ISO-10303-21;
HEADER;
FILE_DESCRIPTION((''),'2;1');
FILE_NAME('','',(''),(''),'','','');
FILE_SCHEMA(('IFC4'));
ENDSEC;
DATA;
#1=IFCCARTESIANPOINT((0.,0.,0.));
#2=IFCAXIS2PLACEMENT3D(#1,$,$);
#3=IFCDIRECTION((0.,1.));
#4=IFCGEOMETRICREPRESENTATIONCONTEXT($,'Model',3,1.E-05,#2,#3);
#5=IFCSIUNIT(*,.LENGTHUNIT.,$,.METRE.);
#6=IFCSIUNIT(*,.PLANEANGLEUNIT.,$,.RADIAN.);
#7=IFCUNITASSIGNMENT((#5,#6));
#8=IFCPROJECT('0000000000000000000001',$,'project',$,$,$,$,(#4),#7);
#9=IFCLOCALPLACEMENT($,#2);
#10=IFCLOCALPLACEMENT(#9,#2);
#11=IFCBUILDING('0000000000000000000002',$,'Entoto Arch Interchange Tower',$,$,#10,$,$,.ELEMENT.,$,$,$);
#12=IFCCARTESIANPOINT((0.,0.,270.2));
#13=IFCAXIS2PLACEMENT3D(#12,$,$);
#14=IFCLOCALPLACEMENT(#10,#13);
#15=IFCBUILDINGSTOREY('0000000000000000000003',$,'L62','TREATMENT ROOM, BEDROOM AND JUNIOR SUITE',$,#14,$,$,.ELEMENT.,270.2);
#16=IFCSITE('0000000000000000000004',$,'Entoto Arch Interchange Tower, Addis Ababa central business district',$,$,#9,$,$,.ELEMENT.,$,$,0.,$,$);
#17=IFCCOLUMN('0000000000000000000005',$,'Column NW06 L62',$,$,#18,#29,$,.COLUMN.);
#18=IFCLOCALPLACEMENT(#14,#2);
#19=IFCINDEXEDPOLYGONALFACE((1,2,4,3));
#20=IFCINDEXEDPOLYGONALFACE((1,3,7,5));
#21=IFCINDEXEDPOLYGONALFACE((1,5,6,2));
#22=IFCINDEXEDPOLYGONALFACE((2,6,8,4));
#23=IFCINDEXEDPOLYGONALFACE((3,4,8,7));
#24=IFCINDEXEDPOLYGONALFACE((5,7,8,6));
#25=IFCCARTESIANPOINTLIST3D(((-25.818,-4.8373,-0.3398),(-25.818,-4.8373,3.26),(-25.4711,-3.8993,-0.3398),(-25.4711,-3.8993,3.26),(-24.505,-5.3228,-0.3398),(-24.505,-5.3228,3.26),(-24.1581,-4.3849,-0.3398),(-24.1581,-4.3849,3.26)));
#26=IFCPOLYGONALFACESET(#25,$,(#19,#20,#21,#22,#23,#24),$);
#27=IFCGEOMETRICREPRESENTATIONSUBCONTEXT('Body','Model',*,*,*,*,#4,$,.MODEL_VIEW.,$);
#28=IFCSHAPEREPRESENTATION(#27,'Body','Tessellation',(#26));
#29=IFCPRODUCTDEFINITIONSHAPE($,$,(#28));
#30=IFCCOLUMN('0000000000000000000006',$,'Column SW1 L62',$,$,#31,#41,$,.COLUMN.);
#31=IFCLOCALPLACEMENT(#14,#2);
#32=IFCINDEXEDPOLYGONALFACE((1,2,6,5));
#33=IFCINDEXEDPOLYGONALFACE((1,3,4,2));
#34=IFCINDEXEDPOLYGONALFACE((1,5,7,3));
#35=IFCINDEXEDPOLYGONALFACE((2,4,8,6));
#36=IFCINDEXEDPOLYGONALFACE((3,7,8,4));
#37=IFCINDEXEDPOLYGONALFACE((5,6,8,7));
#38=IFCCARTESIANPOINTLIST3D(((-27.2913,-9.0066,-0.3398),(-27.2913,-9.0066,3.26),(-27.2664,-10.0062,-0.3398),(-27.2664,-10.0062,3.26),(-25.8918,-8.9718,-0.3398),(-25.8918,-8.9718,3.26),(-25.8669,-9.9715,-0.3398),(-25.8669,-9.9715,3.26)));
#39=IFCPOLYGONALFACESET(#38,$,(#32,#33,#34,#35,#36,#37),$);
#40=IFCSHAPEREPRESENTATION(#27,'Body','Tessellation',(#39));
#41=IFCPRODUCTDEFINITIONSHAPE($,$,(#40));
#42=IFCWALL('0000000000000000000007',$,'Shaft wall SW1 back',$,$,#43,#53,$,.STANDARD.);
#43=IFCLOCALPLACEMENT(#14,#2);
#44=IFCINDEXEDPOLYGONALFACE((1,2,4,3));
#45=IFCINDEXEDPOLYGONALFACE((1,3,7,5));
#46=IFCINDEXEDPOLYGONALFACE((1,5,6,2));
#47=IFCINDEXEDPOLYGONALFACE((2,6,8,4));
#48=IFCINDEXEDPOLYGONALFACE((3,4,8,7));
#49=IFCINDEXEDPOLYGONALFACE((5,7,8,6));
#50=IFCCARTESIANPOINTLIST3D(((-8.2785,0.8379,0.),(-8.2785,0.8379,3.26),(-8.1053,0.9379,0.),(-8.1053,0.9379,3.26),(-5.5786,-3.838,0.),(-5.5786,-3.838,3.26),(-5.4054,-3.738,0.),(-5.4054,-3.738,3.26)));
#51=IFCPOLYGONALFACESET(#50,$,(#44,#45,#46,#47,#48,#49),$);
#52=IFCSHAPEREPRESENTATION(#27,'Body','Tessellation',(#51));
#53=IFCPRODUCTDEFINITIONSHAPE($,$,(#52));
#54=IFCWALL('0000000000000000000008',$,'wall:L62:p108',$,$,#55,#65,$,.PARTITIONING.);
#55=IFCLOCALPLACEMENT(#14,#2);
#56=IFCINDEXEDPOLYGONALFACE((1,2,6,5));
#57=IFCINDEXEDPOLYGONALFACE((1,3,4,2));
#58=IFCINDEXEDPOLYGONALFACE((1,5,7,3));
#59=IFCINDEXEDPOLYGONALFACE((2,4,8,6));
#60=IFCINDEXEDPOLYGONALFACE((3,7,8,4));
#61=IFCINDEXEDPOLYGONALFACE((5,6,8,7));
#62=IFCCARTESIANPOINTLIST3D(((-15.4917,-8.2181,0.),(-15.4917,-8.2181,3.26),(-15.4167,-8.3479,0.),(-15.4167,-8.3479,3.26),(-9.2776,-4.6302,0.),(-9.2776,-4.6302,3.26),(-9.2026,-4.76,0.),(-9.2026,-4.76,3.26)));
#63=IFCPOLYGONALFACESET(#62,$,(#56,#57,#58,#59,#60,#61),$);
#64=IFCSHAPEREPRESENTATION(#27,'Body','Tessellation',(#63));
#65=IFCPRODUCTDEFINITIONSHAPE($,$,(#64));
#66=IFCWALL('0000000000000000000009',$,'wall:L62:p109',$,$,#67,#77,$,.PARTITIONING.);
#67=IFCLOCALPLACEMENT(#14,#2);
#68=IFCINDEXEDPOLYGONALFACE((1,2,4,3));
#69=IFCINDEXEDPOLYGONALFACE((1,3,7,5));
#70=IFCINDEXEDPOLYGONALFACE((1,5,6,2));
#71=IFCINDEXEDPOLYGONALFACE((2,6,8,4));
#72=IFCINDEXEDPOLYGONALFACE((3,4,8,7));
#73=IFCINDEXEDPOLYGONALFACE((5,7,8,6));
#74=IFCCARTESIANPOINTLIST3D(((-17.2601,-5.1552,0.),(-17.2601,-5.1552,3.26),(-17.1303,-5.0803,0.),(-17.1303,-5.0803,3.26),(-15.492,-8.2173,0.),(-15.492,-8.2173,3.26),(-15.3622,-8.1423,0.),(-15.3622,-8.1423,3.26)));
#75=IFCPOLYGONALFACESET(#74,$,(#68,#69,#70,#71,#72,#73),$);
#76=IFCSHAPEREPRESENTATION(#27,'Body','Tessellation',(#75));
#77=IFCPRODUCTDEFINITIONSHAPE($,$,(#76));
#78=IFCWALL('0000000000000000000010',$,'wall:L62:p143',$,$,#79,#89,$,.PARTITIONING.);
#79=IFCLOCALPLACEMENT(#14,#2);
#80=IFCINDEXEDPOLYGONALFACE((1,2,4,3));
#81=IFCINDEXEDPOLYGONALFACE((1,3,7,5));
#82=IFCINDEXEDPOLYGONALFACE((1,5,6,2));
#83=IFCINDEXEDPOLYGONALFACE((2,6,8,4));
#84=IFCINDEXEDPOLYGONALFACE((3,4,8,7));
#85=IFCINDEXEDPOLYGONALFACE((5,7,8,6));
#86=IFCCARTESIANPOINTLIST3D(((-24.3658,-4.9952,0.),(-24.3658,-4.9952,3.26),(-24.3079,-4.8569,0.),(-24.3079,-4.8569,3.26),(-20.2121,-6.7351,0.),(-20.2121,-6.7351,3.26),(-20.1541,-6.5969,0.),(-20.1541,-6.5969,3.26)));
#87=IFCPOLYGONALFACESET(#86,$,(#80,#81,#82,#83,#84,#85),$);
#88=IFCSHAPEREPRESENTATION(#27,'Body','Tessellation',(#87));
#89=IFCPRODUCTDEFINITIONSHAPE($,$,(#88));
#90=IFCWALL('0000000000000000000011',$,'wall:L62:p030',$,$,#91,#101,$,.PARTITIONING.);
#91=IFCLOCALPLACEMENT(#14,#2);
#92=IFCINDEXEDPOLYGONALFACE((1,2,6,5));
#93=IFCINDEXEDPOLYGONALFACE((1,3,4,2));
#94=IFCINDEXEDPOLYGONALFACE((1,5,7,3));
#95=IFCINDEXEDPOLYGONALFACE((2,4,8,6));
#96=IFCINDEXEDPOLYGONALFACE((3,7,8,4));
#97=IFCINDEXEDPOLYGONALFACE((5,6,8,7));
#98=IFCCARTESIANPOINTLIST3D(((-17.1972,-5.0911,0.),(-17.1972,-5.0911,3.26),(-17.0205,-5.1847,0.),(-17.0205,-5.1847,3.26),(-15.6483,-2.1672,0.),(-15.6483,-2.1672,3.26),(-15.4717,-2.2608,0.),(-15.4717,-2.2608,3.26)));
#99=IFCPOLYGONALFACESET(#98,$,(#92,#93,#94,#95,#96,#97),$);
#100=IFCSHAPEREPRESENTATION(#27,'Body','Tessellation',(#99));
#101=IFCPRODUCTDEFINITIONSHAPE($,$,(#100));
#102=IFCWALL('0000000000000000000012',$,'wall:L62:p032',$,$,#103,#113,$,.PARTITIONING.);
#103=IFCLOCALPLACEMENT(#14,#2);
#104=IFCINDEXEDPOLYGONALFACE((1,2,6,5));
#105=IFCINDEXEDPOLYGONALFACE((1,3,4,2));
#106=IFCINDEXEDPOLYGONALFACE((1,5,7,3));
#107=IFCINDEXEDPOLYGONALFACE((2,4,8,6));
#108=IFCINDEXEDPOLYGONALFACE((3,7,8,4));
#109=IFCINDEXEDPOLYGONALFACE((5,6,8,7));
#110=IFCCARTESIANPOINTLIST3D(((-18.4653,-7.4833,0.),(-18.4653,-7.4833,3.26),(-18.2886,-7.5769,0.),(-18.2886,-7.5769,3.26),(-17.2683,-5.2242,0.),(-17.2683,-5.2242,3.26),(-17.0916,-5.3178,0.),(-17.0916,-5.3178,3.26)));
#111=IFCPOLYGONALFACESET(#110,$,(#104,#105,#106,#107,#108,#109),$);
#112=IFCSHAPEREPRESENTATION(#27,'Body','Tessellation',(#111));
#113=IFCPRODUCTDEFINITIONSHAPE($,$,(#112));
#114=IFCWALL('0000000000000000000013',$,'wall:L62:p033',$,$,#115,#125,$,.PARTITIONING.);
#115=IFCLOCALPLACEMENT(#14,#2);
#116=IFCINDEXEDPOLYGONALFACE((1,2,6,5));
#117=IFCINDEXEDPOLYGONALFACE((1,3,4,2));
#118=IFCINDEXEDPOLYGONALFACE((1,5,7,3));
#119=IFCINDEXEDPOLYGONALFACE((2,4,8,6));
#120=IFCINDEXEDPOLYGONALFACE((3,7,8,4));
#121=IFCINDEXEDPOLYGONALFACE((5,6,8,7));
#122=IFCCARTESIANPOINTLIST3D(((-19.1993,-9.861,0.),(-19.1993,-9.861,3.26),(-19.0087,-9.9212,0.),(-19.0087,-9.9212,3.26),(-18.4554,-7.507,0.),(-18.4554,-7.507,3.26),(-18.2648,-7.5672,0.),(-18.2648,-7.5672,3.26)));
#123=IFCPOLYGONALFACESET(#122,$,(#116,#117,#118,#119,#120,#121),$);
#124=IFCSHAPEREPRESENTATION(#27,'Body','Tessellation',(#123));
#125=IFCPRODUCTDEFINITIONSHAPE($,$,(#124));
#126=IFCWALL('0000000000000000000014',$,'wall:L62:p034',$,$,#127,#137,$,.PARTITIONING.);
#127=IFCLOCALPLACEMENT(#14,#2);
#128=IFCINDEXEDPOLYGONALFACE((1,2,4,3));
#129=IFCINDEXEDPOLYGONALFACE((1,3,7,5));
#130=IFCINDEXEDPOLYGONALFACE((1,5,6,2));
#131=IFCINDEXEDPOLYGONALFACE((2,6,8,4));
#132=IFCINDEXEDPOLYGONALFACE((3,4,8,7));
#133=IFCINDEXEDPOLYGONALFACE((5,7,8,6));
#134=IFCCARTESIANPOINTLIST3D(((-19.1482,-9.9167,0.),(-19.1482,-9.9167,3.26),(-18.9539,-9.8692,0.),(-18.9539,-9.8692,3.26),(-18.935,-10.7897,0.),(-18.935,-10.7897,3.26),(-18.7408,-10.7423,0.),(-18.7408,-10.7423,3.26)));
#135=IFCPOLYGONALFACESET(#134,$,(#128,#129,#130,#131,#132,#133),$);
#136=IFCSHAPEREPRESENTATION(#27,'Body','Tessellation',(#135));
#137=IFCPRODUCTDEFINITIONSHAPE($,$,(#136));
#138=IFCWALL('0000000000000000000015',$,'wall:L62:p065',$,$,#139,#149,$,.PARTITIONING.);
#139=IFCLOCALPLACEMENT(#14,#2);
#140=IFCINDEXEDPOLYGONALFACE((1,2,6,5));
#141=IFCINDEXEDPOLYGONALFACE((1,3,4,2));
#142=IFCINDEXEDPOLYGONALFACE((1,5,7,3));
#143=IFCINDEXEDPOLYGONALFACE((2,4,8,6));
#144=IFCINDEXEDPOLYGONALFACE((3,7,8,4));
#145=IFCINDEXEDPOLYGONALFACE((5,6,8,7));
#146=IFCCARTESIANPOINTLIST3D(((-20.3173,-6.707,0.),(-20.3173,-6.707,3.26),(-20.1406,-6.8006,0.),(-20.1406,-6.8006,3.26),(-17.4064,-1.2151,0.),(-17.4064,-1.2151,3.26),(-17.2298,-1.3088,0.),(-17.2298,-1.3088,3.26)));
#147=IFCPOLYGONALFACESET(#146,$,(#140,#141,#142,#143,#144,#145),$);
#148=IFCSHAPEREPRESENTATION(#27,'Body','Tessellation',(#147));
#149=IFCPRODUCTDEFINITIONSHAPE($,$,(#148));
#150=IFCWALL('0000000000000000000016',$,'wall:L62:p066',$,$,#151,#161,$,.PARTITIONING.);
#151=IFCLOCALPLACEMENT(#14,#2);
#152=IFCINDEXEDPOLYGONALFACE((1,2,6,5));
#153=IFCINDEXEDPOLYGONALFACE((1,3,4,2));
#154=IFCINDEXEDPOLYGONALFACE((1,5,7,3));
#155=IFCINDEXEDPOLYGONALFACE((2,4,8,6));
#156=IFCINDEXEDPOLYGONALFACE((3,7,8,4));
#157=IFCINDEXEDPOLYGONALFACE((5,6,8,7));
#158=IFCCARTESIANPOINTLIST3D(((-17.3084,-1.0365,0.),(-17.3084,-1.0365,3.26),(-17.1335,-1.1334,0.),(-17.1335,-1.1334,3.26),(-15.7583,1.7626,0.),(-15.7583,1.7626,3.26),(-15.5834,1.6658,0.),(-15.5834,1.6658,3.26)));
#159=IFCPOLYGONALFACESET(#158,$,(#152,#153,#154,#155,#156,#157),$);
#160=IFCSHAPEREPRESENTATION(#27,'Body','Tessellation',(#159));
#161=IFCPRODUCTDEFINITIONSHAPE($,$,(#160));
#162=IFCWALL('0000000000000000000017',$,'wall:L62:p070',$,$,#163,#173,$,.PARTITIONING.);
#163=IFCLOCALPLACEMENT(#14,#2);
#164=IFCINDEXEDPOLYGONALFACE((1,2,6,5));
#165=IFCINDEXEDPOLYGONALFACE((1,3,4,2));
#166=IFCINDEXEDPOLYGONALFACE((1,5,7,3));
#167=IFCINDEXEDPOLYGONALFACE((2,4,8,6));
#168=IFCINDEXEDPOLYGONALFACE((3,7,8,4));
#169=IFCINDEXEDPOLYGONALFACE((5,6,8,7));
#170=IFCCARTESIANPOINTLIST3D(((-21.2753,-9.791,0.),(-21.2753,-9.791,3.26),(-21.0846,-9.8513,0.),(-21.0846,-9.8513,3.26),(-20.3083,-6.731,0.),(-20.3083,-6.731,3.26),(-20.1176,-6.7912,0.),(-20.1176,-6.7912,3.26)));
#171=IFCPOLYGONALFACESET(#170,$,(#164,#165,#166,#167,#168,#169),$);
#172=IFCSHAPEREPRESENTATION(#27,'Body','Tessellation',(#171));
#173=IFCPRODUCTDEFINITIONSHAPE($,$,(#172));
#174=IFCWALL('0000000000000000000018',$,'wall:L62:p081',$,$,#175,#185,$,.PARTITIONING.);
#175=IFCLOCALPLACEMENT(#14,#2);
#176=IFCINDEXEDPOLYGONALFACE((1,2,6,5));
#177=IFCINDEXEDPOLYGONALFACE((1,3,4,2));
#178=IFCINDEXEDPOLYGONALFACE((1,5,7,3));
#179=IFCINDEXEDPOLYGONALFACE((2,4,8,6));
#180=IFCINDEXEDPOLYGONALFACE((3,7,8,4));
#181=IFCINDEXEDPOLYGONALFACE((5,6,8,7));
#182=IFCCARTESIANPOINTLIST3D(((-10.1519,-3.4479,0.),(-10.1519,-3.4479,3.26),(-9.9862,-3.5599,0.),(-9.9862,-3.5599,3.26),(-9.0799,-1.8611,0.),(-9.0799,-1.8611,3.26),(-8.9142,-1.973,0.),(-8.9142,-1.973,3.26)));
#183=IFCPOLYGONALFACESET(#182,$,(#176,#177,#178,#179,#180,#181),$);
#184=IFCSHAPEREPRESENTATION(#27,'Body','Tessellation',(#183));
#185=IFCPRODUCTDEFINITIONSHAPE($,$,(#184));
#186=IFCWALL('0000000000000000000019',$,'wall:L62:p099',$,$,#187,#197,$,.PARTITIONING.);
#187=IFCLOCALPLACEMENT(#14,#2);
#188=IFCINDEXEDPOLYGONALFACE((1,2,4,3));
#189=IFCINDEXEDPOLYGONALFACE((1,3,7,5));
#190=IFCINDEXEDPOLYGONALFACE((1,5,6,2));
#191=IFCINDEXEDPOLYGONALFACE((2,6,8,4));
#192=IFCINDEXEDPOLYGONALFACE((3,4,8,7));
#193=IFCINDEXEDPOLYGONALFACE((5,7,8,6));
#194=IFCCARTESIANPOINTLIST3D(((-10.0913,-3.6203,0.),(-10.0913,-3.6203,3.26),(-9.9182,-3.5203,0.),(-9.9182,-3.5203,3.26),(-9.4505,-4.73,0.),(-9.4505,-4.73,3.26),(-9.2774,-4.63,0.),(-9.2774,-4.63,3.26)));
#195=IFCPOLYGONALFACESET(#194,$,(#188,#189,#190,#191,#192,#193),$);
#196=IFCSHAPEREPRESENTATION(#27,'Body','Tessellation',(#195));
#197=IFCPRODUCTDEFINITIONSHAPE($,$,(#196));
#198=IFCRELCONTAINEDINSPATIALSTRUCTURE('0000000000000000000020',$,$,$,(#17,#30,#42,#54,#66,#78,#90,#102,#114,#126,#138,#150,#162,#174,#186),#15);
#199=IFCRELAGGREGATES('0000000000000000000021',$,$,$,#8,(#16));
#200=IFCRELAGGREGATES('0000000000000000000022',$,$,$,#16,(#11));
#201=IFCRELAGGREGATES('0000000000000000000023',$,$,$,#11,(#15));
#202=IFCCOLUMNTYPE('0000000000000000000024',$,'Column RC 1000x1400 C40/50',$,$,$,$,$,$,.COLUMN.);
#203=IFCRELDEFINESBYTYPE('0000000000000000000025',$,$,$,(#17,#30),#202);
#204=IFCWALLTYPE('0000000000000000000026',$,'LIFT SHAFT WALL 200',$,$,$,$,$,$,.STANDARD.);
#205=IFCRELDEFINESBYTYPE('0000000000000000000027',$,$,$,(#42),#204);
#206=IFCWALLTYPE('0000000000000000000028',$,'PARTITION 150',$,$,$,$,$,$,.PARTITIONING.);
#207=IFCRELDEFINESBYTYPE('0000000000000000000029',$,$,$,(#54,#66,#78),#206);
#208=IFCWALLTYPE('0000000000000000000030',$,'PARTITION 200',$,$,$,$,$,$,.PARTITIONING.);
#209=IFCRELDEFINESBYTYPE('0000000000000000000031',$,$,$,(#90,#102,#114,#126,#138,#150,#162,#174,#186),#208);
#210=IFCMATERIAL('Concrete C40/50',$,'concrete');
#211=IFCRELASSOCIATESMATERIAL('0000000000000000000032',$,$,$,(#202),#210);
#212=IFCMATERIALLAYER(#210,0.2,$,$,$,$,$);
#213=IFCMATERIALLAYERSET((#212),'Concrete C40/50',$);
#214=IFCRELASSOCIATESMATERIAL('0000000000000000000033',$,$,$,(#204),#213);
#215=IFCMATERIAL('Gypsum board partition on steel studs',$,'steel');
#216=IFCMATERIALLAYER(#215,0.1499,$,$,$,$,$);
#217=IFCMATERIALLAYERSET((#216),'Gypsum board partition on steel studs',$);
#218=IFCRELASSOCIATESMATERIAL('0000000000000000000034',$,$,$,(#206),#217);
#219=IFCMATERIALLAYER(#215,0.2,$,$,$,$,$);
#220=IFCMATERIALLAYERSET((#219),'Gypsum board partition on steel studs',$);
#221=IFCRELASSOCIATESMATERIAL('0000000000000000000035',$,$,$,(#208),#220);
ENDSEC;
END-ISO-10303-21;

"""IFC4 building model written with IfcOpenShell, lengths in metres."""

from ifc_helpers import new_model, si_unit, direction, frame, frame_2d, origin, origin_2d, place, context, subcontext, project, spatial, rectangle, extrude, material, layer, layer_set, material_profile, profile_set, type_object, element, save


model = new_model("IFC4")

# Units and contexts
model_context = context("Model", 3, precision=1e-05, world=origin(), true_north=direction((0.0, 1.0)))
body_context = subcontext(model_context, "Body", "Model", "MODEL_VIEW")
ifc_project = project(units=[si_unit("LENGTHUNIT", "METRE"), si_unit("PLANEANGLEUNIT", "RADIAN")], contexts=[model_context])

# Site, building, storey
site_placement = place(None, origin())
site = spatial("IfcSite", under=ifc_project, at=site_placement, Name="Entoto Arch Interchange Tower, Addis Ababa central business district", CompositionType="ELEMENT", RefElevation=0.0)
building_placement = place(site_placement, origin())
building = spatial("IfcBuilding", under=site, at=building_placement, Name="Entoto Arch Interchange Tower", CompositionType="ELEMENT")
storey_placement = place(building_placement, frame((0.0, 0.0, 270.2)))
storey = spatial("IfcBuildingStorey", under=building, at=storey_placement, Name="L62", Description="TREATMENT ROOM, BEDROOM AND JUNIOR SUITE", CompositionType="ELEMENT", Elevation=270.2)

# Columns
ifc_material_1 = material(Name="Concrete C40/50", Category="concrete")
ifc_material_profile = material_profile(ifc_material_1, rectangle(XDim=1.0, YDim=1.3999, at=origin_2d()))
ifc_profile_set = profile_set([ifc_material_profile], Name="Concrete C40/50")
column_type = type_object("IfcColumnType", Name="Column RC 1000x1400 C40/50", PredefinedType="COLUMN", material=ifc_profile_set)
for number, where, z_axis, x_axis, name in (
    (1, (-24.988, -4.6111, -0.3398), (0.0, 0.0, 1.0), (0.346854, 0.937919, 0.0), "Column NW06 L62"),
    (2, (-26.5791, -9.489, -0.3398), (0.0, 0.0, 1.0), (-0.024833, 0.999692, 0.0), "Column SW1 L62"),
):
    element("IfcColumn", number, at=place(storey_placement, frame(where, z_axis=z_axis, x_axis=x_axis)), inside=storey, type_object=column_type, Name=name, PredefinedType="COLUMN", context=body_context, shape_type="SweptSolid", body=[
        extrude(rectangle(XDim=1.0, YDim=1.3999, at=origin_2d()), origin(), (0.0, 0.0, 1.0), 3.5999),
    ])

# Walls
ifc_layer_1 = layer(ifc_material_1, 0.2)
ifc_layer_set_1 = layer_set([ifc_layer_1], Name="Concrete C40/50")
wall_type_1 = type_object("IfcWallType", Name="LIFT SHAFT WALL 200", PredefinedType="STANDARD", material=ifc_layer_set_1)
wall_1_placement = place(storey_placement, frame((-8.1919, 0.8879, 0.0), z_axis=(0.0, 0.0, 1.0), x_axis=(0.500034, -0.866006, 0.0)))
element("IfcWall", 3, at=wall_1_placement, inside=storey, type_object=wall_type_1, Name="Shaft wall SW1 back", PredefinedType="STANDARD", context=body_context, shape_type="SweptSolid", body=[
    extrude(rectangle(XDim=5.3994, YDim=0.2, at=frame_2d((2.6997, 0.0))), origin(), (0.0, 0.0, 1.0), 3.26),
])
ifc_material_2 = material(Name="Gypsum board partition on steel studs", Category="steel")
ifc_layer_2 = layer(ifc_material_2, 0.1499)
ifc_layer_set_2 = layer_set([ifc_layer_2], Name="Gypsum board partition on steel studs")
wall_type_2 = type_object("IfcWallType", Name="PARTITION 150", PredefinedType="PARTITIONING", material=ifc_layer_set_2)
wall_2_placement = place(storey_placement, frame((-9.24, -4.6951, 0.0), z_axis=(0.0, 0.0, 1.0), x_axis=(-0.866015, -0.500018, 0.0)))
element("IfcWall", 4, at=wall_2_placement, inside=storey, type_object=wall_type_2, Name="wall:L62:p108", PredefinedType="PARTITIONING", context=body_context, shape_type="SweptSolid", body=[
    extrude(rectangle(XDim=7.1755, YDim=0.1499, at=frame_2d((3.5879, 0.0))), origin(), (0.0, 0.0, 1.0), 3.26),
])
wall_3_placement = place(storey_placement, frame((-15.427, -8.1799, 0.0), z_axis=(0.0, 0.0, 1.0), x_axis=(-0.500045, 0.865999, 0.0)))
element("IfcWall", 5, at=wall_3_placement, inside=storey, type_object=wall_type_2, Name="wall:L62:p109", PredefinedType="PARTITIONING", context=body_context, shape_type="SweptSolid", body=[
    extrude(rectangle(XDim=3.5359, YDim=0.1499, at=frame_2d((1.7681, 0.0))), origin(), (0.0, 0.0, 1.0), 3.26),
])
wall_4_placement = place(storey_placement, frame((-20.1831, -6.666, 0.0), z_axis=(0.0, 0.0, 1.0), x_axis=(-0.922347, 0.386362, 0.0)))
element("IfcWall", 6, at=wall_4_placement, inside=storey, type_object=wall_type_2, Name="wall:L62:p143", PredefinedType="PARTITIONING", context=body_context, shape_type="SweptSolid", body=[
    extrude(rectangle(XDim=4.5034, YDim=0.1499, at=frame_2d((2.2517, 0.0))), origin(), (0.0, 0.0, 1.0), 3.26),
])
ifc_layer_3 = layer(ifc_material_2, 0.2)
ifc_layer_set_3 = layer_set([ifc_layer_3], Name="Gypsum board partition on steel studs")
wall_type_3 = type_object("IfcWallType", Name="PARTITION 200", PredefinedType="PARTITIONING", material=ifc_layer_set_3)
wall_5_placement = place(storey_placement, frame((-15.5601, -2.2141, 0.0), z_axis=(0.0, 0.0, 1.0), x_axis=(-0.468105, -0.883673, 0.0)))
element("IfcWall", 7, at=wall_5_placement, inside=storey, type_object=wall_type_3, Name="wall:L62:p030", PredefinedType="PARTITIONING", context=body_context, shape_type="SweptSolid", body=[
    extrude(rectangle(XDim=3.3088, YDim=0.2, at=frame_2d((1.6543, 0.0))), origin(), (0.0, 0.0, 1.0), 3.26),
])
wall_6_placement = place(storey_placement, frame((-17.1799, -5.271, 0.0), z_axis=(0.0, 0.0, 1.0), x_axis=(-0.468212, -0.883616, 0.0)))
element("IfcWall", 8, at=wall_6_placement, inside=storey, type_object=wall_type_3, Name="wall:L62:p032", PredefinedType="PARTITIONING", context=body_context, shape_type="SweptSolid", body=[
    extrude(rectangle(XDim=2.5566, YDim=0.2, at=frame_2d((1.2783, 0.0))), origin(), (0.0, 0.0, 1.0), 3.26),
])
wall_7_placement = place(storey_placement, frame((-18.3601, -7.5371, 0.0), z_axis=(0.0, 0.0, 1.0), x_axis=(-0.301325, -0.953521, 0.0)))
element("IfcWall", 9, at=wall_7_placement, inside=storey, type_object=wall_type_3, Name="wall:L62:p033", PredefinedType="PARTITIONING", context=body_context, shape_type="SweptSolid", body=[
    extrude(rectangle(XDim=2.4688, YDim=0.2, at=frame_2d((1.2344, 0.0))), origin(), (0.0, 0.0, 1.0), 3.26),
])
wall_8_placement = place(storey_placement, frame((-19.051, -9.8931, 0.0), z_axis=(0.0, 0.0, 1.0), x_axis=(0.237163, -0.97147, 0.0)))
element("IfcWall", 10, at=wall_8_placement, inside=storey, type_object=wall_type_3, Name="wall:L62:p034", PredefinedType="PARTITIONING", context=body_context, shape_type="SweptSolid", body=[
    extrude(rectangle(XDim=0.8987, YDim=0.2, at=frame_2d((0.4492, 0.0))), origin(), (0.0, 0.0, 1.0), 3.26),
])
wall_9_placement = place(storey_placement, frame((-20.229, -6.7539, 0.0), z_axis=(0.0, 0.0, 1.0), x_axis=(0.468314, 0.883562, 0.0)))
element("IfcWall", 11, at=wall_9_placement, inside=storey, type_object=wall_type_3, Name="wall:L62:p065", PredefinedType="PARTITIONING", context=body_context, shape_type="SweptSolid", body=[
    extrude(rectangle(XDim=6.2156, YDim=0.2, at=frame_2d((3.1079, 0.0))), origin(), (0.0, 0.0, 1.0), 3.26),
])
wall_10_placement = place(storey_placement, frame((-17.2209, -1.085, 0.0), z_axis=(0.0, 0.0, 1.0), x_axis=(0.48445, 0.874819, 0.0)))
element("IfcWall", 12, at=wall_10_placement, inside=storey, type_object=wall_type_3, Name="wall:L62:p066", PredefinedType="PARTITIONING", context=body_context, shape_type="SweptSolid", body=[
    extrude(rectangle(XDim=3.1997, YDim=0.2, at=frame_2d((1.5999, 0.0))), origin(), (0.0, 0.0, 1.0), 3.26),
])
wall_11_placement = place(storey_placement, frame((-21.1799, -9.821, 0.0), z_axis=(0.0, 0.0, 1.0), x_axis=(0.301332, 0.953519, 0.0)))
element("IfcWall", 13, at=wall_11_placement, inside=storey, type_object=wall_type_3, Name="wall:L62:p070", PredefinedType="PARTITIONING", context=body_context, shape_type="SweptSolid", body=[
    extrude(rectangle(XDim=3.2092, YDim=0.2, at=frame_2d((1.6045, 0.0))), origin(), (0.0, 0.0, 1.0), 3.26),
])
wall_12_placement = place(storey_placement, frame((-10.0691, -3.5039, 0.0), z_axis=(0.0, 0.0, 1.0), x_axis=(0.559779, 0.828642, 0.0)))
element("IfcWall", 14, at=wall_12_placement, inside=storey, type_object=wall_type_3, Name="wall:L62:p081", PredefinedType="PARTITIONING", context=body_context, shape_type="SweptSolid", body=[
    extrude(rectangle(XDim=1.915, YDim=0.2, at=frame_2d((0.9575, 0.0))), origin(), (0.0, 0.0, 1.0), 3.26),
])
wall_13_placement = place(storey_placement, frame((-9.364, -4.6799, 0.0), z_axis=(0.0, 0.0, 1.0), x_axis=(-0.500052, 0.865995, 0.0)))
element("IfcWall", 15, at=wall_13_placement, inside=storey, type_object=wall_type_3, Name="wall:L62:p099", PredefinedType="PARTITIONING", context=body_context, shape_type="SweptSolid", body=[
    extrude(rectangle(XDim=1.2815, YDim=0.2, at=frame_2d((0.6406, 0.0))), origin(), (0.0, 0.0, 1.0), 3.26),
])

save(model, "model.ifc")
